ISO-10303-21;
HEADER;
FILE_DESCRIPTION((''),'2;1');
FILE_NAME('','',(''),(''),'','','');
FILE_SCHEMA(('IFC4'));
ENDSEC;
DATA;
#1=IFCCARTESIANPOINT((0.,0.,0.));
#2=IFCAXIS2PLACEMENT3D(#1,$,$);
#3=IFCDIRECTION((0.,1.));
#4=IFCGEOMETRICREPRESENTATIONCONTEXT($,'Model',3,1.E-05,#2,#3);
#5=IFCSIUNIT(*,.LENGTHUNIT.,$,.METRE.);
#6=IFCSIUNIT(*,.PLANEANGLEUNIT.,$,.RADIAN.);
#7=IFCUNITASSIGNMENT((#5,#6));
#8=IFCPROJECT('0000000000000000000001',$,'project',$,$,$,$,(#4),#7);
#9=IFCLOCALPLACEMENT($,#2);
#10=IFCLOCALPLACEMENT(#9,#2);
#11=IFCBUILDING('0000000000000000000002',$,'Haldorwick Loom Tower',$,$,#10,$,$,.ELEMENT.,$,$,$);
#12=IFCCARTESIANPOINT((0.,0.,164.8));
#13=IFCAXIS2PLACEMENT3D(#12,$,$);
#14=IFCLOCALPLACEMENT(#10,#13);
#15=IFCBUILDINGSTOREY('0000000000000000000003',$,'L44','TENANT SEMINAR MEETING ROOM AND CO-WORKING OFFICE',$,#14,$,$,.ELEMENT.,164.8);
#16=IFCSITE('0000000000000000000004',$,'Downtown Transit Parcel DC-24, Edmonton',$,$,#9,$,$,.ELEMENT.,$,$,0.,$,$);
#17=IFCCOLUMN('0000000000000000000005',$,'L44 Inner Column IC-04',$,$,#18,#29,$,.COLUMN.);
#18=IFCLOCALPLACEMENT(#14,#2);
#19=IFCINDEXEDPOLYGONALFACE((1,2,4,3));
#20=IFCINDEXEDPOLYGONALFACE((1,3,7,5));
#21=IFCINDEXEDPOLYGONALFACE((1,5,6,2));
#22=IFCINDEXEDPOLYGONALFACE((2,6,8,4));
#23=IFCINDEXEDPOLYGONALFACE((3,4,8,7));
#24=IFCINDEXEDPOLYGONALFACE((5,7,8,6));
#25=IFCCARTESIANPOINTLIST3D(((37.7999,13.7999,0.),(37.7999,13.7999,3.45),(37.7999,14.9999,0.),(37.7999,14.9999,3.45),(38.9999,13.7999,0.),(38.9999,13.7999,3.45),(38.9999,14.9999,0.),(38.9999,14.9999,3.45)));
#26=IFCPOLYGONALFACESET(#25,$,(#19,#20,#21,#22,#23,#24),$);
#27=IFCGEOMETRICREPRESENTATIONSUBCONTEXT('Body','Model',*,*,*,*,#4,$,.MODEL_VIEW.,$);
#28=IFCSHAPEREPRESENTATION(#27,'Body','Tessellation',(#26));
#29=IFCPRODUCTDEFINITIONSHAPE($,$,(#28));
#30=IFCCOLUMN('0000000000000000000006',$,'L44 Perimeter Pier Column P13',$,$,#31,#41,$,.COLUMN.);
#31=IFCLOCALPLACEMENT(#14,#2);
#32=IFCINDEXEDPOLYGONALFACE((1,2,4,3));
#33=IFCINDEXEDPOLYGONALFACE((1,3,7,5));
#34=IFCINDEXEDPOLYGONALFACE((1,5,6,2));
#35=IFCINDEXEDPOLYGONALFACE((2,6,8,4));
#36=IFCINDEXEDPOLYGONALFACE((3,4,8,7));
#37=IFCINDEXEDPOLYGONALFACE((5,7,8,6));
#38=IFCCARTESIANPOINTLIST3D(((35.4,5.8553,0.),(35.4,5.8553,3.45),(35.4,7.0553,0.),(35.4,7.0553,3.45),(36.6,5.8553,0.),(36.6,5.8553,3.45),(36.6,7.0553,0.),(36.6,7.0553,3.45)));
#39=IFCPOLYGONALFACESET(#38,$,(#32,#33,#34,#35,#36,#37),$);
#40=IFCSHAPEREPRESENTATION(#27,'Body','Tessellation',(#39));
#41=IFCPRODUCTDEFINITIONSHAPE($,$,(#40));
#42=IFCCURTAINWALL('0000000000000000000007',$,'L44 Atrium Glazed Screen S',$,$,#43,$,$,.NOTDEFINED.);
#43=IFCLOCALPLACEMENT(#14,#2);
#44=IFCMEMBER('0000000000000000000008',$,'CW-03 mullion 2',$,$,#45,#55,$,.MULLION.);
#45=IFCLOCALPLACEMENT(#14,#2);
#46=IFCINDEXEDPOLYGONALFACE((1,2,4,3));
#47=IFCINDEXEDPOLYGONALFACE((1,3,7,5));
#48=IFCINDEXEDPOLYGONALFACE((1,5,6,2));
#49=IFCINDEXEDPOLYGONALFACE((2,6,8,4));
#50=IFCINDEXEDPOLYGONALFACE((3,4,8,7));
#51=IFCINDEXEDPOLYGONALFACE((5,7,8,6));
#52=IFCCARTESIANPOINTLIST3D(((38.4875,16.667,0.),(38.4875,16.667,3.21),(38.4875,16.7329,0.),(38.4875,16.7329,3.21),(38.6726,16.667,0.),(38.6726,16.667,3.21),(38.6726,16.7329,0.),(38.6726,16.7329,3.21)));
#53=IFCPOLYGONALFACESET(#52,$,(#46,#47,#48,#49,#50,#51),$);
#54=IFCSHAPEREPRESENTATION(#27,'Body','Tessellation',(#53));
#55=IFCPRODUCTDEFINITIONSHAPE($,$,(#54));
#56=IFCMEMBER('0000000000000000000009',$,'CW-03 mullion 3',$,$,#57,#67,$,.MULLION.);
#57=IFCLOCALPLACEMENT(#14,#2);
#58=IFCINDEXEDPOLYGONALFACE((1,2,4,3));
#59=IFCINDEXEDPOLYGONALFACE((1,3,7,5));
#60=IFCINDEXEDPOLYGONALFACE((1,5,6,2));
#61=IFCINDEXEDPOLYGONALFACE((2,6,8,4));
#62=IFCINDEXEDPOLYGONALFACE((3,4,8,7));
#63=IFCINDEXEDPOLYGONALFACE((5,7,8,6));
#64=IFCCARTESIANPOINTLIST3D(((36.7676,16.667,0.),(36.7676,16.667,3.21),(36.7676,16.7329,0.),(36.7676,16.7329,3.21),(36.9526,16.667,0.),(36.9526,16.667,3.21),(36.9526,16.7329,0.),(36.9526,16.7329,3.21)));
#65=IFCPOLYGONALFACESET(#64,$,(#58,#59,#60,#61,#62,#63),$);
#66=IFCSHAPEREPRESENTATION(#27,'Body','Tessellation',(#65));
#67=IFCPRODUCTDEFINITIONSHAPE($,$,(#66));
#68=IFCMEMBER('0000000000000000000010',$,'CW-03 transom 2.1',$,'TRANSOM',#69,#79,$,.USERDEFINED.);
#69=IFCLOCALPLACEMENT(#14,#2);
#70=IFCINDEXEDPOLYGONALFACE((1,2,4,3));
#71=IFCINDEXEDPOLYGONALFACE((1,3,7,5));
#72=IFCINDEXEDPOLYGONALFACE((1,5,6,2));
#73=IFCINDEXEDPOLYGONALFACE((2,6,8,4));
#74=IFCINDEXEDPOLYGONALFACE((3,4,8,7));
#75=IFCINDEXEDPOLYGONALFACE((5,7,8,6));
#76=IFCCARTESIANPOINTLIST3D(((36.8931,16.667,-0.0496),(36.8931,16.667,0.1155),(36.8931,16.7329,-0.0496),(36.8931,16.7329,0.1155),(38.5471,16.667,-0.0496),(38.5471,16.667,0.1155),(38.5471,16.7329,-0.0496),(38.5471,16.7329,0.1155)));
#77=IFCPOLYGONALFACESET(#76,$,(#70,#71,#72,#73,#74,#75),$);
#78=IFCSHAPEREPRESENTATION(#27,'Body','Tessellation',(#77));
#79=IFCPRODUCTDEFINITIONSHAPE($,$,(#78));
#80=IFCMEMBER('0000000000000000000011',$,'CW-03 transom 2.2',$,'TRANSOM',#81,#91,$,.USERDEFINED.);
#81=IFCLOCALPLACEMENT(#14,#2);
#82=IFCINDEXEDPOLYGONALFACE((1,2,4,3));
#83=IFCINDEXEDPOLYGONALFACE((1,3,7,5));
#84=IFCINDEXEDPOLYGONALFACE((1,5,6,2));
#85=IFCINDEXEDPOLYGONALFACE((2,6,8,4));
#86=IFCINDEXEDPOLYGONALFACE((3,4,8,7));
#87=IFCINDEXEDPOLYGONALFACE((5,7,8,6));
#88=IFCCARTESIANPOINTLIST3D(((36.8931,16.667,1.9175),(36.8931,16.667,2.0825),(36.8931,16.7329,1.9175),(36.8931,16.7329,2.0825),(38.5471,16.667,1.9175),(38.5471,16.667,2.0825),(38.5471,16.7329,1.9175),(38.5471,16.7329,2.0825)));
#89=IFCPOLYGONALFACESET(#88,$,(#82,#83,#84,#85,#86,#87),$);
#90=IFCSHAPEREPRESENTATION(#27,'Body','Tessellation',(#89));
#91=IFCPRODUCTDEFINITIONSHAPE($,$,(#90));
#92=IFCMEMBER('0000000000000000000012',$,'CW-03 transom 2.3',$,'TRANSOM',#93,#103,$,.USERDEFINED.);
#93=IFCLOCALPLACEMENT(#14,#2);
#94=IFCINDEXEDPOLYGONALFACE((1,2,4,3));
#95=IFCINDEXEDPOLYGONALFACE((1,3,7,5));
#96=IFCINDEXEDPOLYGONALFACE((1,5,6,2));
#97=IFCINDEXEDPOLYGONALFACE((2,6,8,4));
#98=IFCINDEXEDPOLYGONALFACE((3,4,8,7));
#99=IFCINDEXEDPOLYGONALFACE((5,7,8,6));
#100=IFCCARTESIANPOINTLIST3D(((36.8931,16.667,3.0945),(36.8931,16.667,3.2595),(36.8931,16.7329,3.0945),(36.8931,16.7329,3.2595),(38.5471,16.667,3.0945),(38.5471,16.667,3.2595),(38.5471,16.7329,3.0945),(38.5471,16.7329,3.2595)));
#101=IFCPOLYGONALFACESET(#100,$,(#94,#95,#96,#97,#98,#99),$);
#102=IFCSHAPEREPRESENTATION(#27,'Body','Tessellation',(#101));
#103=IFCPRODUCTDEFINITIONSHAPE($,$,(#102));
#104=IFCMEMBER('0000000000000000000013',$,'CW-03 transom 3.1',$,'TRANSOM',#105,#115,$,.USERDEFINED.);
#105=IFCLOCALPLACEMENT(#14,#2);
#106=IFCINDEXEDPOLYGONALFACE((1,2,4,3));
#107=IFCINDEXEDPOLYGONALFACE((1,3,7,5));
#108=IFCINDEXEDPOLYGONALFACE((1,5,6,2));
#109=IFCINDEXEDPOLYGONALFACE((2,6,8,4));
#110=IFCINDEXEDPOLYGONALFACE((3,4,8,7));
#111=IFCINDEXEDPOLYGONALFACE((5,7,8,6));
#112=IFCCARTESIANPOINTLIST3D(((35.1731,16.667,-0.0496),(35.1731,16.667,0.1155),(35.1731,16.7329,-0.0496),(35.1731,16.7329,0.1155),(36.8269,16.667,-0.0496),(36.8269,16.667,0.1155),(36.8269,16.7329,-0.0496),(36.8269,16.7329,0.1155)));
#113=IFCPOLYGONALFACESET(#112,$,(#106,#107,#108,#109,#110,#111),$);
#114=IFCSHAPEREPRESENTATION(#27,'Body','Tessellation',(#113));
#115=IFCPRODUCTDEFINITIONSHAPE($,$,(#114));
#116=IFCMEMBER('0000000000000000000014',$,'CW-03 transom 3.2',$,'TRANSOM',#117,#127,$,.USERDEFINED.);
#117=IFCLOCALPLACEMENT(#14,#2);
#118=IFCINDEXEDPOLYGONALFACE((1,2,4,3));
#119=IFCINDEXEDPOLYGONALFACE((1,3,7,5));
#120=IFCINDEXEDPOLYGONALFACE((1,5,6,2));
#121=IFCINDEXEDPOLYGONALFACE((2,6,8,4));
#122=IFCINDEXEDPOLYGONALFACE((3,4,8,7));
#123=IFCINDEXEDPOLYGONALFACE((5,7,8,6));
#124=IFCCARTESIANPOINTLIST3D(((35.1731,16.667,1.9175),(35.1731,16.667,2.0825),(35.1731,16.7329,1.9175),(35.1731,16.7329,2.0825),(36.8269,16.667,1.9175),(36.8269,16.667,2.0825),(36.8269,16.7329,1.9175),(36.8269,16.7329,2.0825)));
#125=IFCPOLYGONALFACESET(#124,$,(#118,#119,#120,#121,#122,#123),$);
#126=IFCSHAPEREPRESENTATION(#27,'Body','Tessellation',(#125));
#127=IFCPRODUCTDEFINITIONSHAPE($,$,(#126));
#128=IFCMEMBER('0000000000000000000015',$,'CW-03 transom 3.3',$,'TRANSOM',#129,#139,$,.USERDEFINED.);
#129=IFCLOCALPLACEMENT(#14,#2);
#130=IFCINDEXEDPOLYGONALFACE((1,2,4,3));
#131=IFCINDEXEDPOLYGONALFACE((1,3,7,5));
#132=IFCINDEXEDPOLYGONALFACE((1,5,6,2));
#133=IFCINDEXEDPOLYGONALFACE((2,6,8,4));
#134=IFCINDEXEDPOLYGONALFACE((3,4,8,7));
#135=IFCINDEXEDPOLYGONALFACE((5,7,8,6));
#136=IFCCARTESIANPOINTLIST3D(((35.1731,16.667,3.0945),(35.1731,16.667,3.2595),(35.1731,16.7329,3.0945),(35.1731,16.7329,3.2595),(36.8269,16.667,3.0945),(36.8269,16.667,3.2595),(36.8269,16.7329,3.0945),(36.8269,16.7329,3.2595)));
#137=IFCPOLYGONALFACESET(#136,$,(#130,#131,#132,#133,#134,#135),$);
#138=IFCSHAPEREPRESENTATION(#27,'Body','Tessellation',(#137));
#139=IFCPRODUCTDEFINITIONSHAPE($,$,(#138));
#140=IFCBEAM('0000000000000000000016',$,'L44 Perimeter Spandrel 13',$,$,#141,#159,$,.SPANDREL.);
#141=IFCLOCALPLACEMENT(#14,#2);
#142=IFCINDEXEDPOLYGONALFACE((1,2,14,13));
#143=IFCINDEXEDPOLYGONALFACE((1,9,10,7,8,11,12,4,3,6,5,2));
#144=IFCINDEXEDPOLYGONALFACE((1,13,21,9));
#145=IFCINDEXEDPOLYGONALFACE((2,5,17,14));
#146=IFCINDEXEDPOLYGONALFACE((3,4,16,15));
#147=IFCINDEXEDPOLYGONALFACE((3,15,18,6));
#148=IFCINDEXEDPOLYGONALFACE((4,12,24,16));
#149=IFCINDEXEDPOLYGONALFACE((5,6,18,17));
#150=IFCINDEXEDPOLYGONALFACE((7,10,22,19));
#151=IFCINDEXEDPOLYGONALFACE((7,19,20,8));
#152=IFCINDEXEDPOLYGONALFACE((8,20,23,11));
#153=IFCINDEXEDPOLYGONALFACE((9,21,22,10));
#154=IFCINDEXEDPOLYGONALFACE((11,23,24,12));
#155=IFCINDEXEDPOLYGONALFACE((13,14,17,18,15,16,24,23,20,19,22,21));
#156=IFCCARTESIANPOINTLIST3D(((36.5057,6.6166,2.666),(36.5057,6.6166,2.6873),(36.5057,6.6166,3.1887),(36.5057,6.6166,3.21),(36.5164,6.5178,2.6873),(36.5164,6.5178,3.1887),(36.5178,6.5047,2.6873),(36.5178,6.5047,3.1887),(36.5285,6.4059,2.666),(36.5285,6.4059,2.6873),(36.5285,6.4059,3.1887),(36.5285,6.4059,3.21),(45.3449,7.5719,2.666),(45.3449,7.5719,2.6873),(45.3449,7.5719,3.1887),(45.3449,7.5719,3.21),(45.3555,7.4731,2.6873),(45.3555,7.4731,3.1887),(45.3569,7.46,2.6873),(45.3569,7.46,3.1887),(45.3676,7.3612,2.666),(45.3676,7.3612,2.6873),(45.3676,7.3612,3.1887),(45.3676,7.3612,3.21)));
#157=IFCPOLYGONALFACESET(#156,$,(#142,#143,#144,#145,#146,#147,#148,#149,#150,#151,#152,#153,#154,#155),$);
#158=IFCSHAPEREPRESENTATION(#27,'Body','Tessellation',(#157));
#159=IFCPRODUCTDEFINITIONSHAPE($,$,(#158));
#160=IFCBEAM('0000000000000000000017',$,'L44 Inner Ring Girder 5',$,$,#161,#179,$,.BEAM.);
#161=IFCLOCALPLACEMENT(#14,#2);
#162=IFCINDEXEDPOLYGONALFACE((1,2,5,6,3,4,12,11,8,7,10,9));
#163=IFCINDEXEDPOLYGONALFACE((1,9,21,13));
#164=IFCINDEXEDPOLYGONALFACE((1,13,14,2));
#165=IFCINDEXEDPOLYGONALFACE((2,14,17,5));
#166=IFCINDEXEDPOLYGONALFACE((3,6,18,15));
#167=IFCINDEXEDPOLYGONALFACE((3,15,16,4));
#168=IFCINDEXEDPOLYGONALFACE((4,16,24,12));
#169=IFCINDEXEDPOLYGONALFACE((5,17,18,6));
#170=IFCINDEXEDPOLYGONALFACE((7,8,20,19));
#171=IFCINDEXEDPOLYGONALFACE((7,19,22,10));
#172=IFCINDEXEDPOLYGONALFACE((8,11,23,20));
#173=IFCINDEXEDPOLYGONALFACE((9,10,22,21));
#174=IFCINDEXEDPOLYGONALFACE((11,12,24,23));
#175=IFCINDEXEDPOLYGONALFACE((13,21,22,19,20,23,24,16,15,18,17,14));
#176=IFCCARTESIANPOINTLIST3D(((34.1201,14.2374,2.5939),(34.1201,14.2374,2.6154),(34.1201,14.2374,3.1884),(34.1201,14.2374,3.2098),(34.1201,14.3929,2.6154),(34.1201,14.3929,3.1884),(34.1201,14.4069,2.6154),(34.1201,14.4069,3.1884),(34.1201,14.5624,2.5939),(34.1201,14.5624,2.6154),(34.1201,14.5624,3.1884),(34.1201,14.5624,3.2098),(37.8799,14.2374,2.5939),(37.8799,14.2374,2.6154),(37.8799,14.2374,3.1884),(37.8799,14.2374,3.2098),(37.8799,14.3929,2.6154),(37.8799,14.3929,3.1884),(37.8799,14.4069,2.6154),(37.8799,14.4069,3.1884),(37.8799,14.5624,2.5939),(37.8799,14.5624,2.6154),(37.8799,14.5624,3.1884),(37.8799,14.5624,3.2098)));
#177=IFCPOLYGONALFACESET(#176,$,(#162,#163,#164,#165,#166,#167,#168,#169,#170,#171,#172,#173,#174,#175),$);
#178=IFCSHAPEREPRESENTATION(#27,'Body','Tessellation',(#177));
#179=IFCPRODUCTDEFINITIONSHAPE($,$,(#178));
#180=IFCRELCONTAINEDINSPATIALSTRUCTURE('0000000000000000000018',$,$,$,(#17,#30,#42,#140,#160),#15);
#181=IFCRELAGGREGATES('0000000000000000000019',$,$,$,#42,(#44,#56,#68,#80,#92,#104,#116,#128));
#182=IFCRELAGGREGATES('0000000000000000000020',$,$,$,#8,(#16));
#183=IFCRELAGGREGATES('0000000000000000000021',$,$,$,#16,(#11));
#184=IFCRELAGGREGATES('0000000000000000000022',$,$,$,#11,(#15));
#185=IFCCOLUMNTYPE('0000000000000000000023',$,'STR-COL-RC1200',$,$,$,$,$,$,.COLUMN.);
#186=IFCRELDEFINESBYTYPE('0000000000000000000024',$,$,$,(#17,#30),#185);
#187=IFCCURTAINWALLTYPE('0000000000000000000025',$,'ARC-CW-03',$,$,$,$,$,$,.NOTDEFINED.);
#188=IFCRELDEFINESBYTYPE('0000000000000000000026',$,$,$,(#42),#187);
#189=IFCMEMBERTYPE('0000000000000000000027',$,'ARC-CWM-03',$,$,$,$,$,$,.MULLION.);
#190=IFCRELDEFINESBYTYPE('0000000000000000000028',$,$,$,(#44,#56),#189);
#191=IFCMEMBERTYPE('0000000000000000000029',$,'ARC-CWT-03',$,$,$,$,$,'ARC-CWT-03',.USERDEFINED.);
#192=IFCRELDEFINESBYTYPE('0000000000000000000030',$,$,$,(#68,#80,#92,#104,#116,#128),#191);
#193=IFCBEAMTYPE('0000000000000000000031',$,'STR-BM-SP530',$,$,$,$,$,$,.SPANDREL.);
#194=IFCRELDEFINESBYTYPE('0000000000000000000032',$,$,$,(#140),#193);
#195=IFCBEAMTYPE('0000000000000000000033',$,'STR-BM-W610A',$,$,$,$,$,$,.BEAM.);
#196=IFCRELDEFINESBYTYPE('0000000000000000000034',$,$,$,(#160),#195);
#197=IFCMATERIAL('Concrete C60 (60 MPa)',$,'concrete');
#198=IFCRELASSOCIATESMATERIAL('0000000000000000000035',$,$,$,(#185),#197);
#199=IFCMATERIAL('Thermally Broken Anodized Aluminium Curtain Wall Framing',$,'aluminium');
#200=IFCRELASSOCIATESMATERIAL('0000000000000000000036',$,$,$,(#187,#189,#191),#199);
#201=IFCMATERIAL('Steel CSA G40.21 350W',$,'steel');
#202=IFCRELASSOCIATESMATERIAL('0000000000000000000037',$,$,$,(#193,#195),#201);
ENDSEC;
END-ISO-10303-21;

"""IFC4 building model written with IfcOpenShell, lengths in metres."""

from ifc_helpers import new_model, si_unit, direction, frame, origin, origin_2d, place, context, subcontext, project, spatial, rectangle, i_section, extrude, material, material_profile, profile_set, type_object, element, aggregate, save


model = new_model("IFC4")

# Units and contexts
model_context = context("Model", 3, precision=1e-05, world=origin(), true_north=direction((0.0, 1.0)))
body_context = subcontext(model_context, "Body", "Model", "MODEL_VIEW")
ifc_project = project(units=[si_unit("LENGTHUNIT", "METRE"), si_unit("PLANEANGLEUNIT", "RADIAN")], contexts=[model_context])

# Site, building, storey
site_placement = place(None, origin())
site = spatial("IfcSite", under=ifc_project, at=site_placement, Name="Downtown Transit Parcel DC-24, Edmonton", CompositionType="ELEMENT", RefElevation=0.0)
building_placement = place(site_placement, origin())
building = spatial("IfcBuilding", under=site, at=building_placement, Name="Haldorwick Loom Tower", CompositionType="ELEMENT")
storey_placement = place(building_placement, frame((0.0, 0.0, 164.8)))
storey = spatial("IfcBuildingStorey", under=building, at=storey_placement, Name="L44", Description="TENANT SEMINAR MEETING ROOM AND CO-WORKING OFFICE", CompositionType="ELEMENT", Elevation=164.8)

# Columns
ifc_material_1 = material(Name="Concrete C60 (60 MPa)", Category="concrete")
ifc_material_profile_1 = material_profile(ifc_material_1, rectangle(XDim=1.2, YDim=1.2, at=origin_2d()), Name="RC1200X1200", Category="concrete")
ifc_profile_set_1 = profile_set([ifc_material_profile_1], Name="Concrete C60 (60 MPa)")
column_type = type_object("IfcColumnType", Name="STR-COL-RC1200", PredefinedType="COLUMN", material=ifc_profile_set_1)
for number, where, z_axis, x_axis, name in (
    (1, (38.3999, 14.3999, 0.0), (0.0, 0.0, 1.0), (1.0, 0.0, 0.0), "L44 Inner Column IC-04"),
    (2, (36.0, 6.4553, 0.0), (0.0, 0.0, 1.0), (0.0, -1.0, 0.0), "L44 Perimeter Pier Column P13"),
):
    element("IfcColumn", number, at=place(storey_placement, frame(where, z_axis=z_axis, x_axis=x_axis)), inside=storey, type_object=column_type, Name=name, PredefinedType="COLUMN", context=body_context, shape_type="SweptSolid", body=[
        extrude(rectangle(XDim=1.2, YDim=1.2, at=origin_2d()), origin(), (0.0, 0.0, 1.0), 3.45),
    ])

# Curtain wall, members
ifc_material_2 = material(Name="Thermally Broken Anodized Aluminium Curtain Wall Framing", Category="aluminium")
curtain_wall_type = type_object("IfcCurtainWallType", Name="ARC-CW-03", PredefinedType="NOTDEFINED", material=ifc_material_2)
curtain_wall_placement = place(storey_placement, origin())
curtain_wall = element("IfcCurtainWall", 3, at=curtain_wall_placement, inside=storey, type_object=curtain_wall_type, Name="L44 Atrium Glazed Screen S", PredefinedType="NOTDEFINED")
ifc_material_profile_2 = material_profile(ifc_material_2, rectangle(XDim=0.0659, YDim=0.1851, at=origin_2d()), Name="ALU_MUL_66X185", Category="aluminium")
ifc_profile_set_2 = profile_set([ifc_material_profile_2], Name="Thermally Broken Anodized Aluminium Curtain Wall Framing")
member_type_1 = type_object("IfcMemberType", Name="ARC-CWM-03", PredefinedType="MULLION", material=ifc_profile_set_2)
member_1_placement = place(storey_placement, frame((38.5801, 16.7, 0.0), z_axis=(0.0, 0.0, 1.0), x_axis=(0.0, -1.0, 0.0)))
member_1 = element("IfcMember", 4, at=member_1_placement, type_object=member_type_1, Name="CW-03 mullion 2", PredefinedType="MULLION", context=body_context, shape_type="SweptSolid", body=[
    extrude(rectangle(XDim=0.0659, YDim=0.1851, at=origin_2d()), origin(), (0.0, 0.0, 1.0), 3.21),
])
member_2_placement = place(storey_placement, frame((36.8601, 16.7, 0.0), z_axis=(0.0, 0.0, 1.0), x_axis=(0.0, -1.0, 0.0)))
member_2 = element("IfcMember", 5, at=member_2_placement, type_object=member_type_1, Name="CW-03 mullion 3", PredefinedType="MULLION", context=body_context, shape_type="SweptSolid", body=[
    extrude(rectangle(XDim=0.0659, YDim=0.1851, at=origin_2d()), origin(), (0.0, 0.0, 1.0), 3.21),
])
ifc_material_profile_3 = material_profile(ifc_material_2, rectangle(XDim=0.0659, YDim=0.165, at=origin_2d()), Name="ALU_TRN_66X165", Category="aluminium")
ifc_profile_set_3 = profile_set([ifc_material_profile_3], Name="Thermally Broken Anodized Aluminium Curtain Wall Framing")
member_type_2 = type_object("IfcMemberType", Name="ARC-CWT-03", ElementType="ARC-CWT-03", PredefinedType="USERDEFINED", material=ifc_profile_set_3)
member_3_placement = place(storey_placement, frame((38.5471, 16.7, 0.033), z_axis=(-1.0, 0.0, 0.0), x_axis=(0.0, -1.0, 0.0)))
member_3 = element("IfcMember", 6, at=member_3_placement, type_object=member_type_2, Name="CW-03 transom 2.1", ObjectType="TRANSOM", PredefinedType="USERDEFINED", context=body_context, shape_type="SweptSolid", body=[
    extrude(rectangle(XDim=0.0659, YDim=0.165, at=origin_2d()), origin(), (0.0, 0.0, 1.0), 1.6541),
])
member_4_placement = place(storey_placement, frame((38.5471, 16.7, 2.0), z_axis=(-1.0, 0.0, 0.0), x_axis=(0.0, -1.0, 0.0)))
member_4 = element("IfcMember", 7, at=member_4_placement, type_object=member_type_2, Name="CW-03 transom 2.2", ObjectType="TRANSOM", PredefinedType="USERDEFINED", context=body_context, shape_type="SweptSolid", body=[
    extrude(rectangle(XDim=0.0659, YDim=0.165, at=origin_2d()), origin(), (0.0, 0.0, 1.0), 1.6541),
])
member_5_placement = place(storey_placement, frame((38.5471, 16.7, 3.177), z_axis=(-1.0, 0.0, 0.0), x_axis=(0.0, -1.0, 0.0)))
member_5 = element("IfcMember", 8, at=member_5_placement, type_object=member_type_2, Name="CW-03 transom 2.3", ObjectType="TRANSOM", PredefinedType="USERDEFINED", context=body_context, shape_type="SweptSolid", body=[
    extrude(rectangle(XDim=0.0659, YDim=0.165, at=origin_2d()), origin(), (0.0, 0.0, 1.0), 1.6541),
])
member_6_placement = place(storey_placement, frame((36.8269, 16.7, 0.033), z_axis=(-1.0, 0.0, 0.0), x_axis=(0.0, -1.0, 0.0)))
member_6 = element("IfcMember", 9, at=member_6_placement, type_object=member_type_2, Name="CW-03 transom 3.1", ObjectType="TRANSOM", PredefinedType="USERDEFINED", context=body_context, shape_type="SweptSolid", body=[
    extrude(rectangle(XDim=0.0659, YDim=0.165, at=origin_2d()), origin(), (0.0, 0.0, 1.0), 1.6538),
])
member_7_placement = place(storey_placement, frame((36.8269, 16.7, 2.0), z_axis=(-1.0, 0.0, 0.0), x_axis=(0.0, -1.0, 0.0)))
member_7 = element("IfcMember", 10, at=member_7_placement, type_object=member_type_2, Name="CW-03 transom 3.2", ObjectType="TRANSOM", PredefinedType="USERDEFINED", context=body_context, shape_type="SweptSolid", body=[
    extrude(rectangle(XDim=0.0659, YDim=0.165, at=origin_2d()), origin(), (0.0, 0.0, 1.0), 1.6538),
])
member_8_placement = place(storey_placement, frame((36.8269, 16.7, 3.177), z_axis=(-1.0, 0.0, 0.0), x_axis=(0.0, -1.0, 0.0)))
member_8 = element("IfcMember", 11, at=member_8_placement, type_object=member_type_2, Name="CW-03 transom 3.3", ObjectType="TRANSOM", PredefinedType="USERDEFINED", context=body_context, shape_type="SweptSolid", body=[
    extrude(rectangle(XDim=0.0659, YDim=0.165, at=origin_2d()), origin(), (0.0, 0.0, 1.0), 1.6538),
])

# Beams
ifc_material_3 = material(Name="Steel CSA G40.21 350W", Category="steel")
ifc_material_profile_4 = material_profile(ifc_material_3, i_section(OverallWidth=0.2119, OverallDepth=0.5439, WebThickness=0.0132, FlangeThickness=0.0212, at=origin_2d()), Name="W530X123", Category="steel")
ifc_profile_set_4 = profile_set([ifc_material_profile_4], Name="Steel CSA G40.21 350W")
beam_type_1 = type_object("IfcBeamType", Name="STR-BM-SP530", PredefinedType="SPANDREL", material=ifc_profile_set_4)
beam_1_placement = place(storey_placement, frame((36.5171, 6.5112, 2.938), z_axis=(0.99421, 0.107453, 0.0), x_axis=(-0.107453, 0.99421, 0.0)))
element("IfcBeam", 12, at=beam_1_placement, inside=storey, type_object=beam_type_1, Name="L44 Perimeter Spandrel 13", PredefinedType="SPANDREL", context=body_context, shape_type="SweptSolid", body=[
    extrude(i_section(OverallWidth=0.2119, OverallDepth=0.5439, WebThickness=0.0132, FlangeThickness=0.0212, at=origin_2d()), origin(), (0.0, 0.0, 1.0), 8.8906),
])
ifc_material_profile_5 = material_profile(ifc_material_3, i_section(OverallWidth=0.325, OverallDepth=0.616, WebThickness=0.0139, FlangeThickness=0.0215, at=origin_2d()), Name="W610X174", Category="steel")
ifc_profile_set_5 = profile_set([ifc_material_profile_5], Name="Steel CSA G40.21 350W")
beam_type_2 = type_object("IfcBeamType", Name="STR-BM-W610A", PredefinedType="BEAM", material=ifc_profile_set_5)
beam_2_placement = place(storey_placement, frame((37.8799, 14.3999, 2.9019), z_axis=(-1.0, 0.0, 0.0), x_axis=(0.0, -1.0, 0.0)))
element("IfcBeam", 13, at=beam_2_placement, inside=storey, type_object=beam_type_2, Name="L44 Inner Ring Girder 5", PredefinedType="BEAM", context=body_context, shape_type="SweptSolid", body=[
    extrude(i_section(OverallWidth=0.325, OverallDepth=0.616, WebThickness=0.0139, FlangeThickness=0.0215, at=origin_2d()), origin(), (0.0, 0.0, 1.0), 3.7598),
])

aggregate(curtain_wall, [member_1, member_2, member_3, member_4, member_5, member_6, member_7, member_8])

save(model, "model.ifc")
